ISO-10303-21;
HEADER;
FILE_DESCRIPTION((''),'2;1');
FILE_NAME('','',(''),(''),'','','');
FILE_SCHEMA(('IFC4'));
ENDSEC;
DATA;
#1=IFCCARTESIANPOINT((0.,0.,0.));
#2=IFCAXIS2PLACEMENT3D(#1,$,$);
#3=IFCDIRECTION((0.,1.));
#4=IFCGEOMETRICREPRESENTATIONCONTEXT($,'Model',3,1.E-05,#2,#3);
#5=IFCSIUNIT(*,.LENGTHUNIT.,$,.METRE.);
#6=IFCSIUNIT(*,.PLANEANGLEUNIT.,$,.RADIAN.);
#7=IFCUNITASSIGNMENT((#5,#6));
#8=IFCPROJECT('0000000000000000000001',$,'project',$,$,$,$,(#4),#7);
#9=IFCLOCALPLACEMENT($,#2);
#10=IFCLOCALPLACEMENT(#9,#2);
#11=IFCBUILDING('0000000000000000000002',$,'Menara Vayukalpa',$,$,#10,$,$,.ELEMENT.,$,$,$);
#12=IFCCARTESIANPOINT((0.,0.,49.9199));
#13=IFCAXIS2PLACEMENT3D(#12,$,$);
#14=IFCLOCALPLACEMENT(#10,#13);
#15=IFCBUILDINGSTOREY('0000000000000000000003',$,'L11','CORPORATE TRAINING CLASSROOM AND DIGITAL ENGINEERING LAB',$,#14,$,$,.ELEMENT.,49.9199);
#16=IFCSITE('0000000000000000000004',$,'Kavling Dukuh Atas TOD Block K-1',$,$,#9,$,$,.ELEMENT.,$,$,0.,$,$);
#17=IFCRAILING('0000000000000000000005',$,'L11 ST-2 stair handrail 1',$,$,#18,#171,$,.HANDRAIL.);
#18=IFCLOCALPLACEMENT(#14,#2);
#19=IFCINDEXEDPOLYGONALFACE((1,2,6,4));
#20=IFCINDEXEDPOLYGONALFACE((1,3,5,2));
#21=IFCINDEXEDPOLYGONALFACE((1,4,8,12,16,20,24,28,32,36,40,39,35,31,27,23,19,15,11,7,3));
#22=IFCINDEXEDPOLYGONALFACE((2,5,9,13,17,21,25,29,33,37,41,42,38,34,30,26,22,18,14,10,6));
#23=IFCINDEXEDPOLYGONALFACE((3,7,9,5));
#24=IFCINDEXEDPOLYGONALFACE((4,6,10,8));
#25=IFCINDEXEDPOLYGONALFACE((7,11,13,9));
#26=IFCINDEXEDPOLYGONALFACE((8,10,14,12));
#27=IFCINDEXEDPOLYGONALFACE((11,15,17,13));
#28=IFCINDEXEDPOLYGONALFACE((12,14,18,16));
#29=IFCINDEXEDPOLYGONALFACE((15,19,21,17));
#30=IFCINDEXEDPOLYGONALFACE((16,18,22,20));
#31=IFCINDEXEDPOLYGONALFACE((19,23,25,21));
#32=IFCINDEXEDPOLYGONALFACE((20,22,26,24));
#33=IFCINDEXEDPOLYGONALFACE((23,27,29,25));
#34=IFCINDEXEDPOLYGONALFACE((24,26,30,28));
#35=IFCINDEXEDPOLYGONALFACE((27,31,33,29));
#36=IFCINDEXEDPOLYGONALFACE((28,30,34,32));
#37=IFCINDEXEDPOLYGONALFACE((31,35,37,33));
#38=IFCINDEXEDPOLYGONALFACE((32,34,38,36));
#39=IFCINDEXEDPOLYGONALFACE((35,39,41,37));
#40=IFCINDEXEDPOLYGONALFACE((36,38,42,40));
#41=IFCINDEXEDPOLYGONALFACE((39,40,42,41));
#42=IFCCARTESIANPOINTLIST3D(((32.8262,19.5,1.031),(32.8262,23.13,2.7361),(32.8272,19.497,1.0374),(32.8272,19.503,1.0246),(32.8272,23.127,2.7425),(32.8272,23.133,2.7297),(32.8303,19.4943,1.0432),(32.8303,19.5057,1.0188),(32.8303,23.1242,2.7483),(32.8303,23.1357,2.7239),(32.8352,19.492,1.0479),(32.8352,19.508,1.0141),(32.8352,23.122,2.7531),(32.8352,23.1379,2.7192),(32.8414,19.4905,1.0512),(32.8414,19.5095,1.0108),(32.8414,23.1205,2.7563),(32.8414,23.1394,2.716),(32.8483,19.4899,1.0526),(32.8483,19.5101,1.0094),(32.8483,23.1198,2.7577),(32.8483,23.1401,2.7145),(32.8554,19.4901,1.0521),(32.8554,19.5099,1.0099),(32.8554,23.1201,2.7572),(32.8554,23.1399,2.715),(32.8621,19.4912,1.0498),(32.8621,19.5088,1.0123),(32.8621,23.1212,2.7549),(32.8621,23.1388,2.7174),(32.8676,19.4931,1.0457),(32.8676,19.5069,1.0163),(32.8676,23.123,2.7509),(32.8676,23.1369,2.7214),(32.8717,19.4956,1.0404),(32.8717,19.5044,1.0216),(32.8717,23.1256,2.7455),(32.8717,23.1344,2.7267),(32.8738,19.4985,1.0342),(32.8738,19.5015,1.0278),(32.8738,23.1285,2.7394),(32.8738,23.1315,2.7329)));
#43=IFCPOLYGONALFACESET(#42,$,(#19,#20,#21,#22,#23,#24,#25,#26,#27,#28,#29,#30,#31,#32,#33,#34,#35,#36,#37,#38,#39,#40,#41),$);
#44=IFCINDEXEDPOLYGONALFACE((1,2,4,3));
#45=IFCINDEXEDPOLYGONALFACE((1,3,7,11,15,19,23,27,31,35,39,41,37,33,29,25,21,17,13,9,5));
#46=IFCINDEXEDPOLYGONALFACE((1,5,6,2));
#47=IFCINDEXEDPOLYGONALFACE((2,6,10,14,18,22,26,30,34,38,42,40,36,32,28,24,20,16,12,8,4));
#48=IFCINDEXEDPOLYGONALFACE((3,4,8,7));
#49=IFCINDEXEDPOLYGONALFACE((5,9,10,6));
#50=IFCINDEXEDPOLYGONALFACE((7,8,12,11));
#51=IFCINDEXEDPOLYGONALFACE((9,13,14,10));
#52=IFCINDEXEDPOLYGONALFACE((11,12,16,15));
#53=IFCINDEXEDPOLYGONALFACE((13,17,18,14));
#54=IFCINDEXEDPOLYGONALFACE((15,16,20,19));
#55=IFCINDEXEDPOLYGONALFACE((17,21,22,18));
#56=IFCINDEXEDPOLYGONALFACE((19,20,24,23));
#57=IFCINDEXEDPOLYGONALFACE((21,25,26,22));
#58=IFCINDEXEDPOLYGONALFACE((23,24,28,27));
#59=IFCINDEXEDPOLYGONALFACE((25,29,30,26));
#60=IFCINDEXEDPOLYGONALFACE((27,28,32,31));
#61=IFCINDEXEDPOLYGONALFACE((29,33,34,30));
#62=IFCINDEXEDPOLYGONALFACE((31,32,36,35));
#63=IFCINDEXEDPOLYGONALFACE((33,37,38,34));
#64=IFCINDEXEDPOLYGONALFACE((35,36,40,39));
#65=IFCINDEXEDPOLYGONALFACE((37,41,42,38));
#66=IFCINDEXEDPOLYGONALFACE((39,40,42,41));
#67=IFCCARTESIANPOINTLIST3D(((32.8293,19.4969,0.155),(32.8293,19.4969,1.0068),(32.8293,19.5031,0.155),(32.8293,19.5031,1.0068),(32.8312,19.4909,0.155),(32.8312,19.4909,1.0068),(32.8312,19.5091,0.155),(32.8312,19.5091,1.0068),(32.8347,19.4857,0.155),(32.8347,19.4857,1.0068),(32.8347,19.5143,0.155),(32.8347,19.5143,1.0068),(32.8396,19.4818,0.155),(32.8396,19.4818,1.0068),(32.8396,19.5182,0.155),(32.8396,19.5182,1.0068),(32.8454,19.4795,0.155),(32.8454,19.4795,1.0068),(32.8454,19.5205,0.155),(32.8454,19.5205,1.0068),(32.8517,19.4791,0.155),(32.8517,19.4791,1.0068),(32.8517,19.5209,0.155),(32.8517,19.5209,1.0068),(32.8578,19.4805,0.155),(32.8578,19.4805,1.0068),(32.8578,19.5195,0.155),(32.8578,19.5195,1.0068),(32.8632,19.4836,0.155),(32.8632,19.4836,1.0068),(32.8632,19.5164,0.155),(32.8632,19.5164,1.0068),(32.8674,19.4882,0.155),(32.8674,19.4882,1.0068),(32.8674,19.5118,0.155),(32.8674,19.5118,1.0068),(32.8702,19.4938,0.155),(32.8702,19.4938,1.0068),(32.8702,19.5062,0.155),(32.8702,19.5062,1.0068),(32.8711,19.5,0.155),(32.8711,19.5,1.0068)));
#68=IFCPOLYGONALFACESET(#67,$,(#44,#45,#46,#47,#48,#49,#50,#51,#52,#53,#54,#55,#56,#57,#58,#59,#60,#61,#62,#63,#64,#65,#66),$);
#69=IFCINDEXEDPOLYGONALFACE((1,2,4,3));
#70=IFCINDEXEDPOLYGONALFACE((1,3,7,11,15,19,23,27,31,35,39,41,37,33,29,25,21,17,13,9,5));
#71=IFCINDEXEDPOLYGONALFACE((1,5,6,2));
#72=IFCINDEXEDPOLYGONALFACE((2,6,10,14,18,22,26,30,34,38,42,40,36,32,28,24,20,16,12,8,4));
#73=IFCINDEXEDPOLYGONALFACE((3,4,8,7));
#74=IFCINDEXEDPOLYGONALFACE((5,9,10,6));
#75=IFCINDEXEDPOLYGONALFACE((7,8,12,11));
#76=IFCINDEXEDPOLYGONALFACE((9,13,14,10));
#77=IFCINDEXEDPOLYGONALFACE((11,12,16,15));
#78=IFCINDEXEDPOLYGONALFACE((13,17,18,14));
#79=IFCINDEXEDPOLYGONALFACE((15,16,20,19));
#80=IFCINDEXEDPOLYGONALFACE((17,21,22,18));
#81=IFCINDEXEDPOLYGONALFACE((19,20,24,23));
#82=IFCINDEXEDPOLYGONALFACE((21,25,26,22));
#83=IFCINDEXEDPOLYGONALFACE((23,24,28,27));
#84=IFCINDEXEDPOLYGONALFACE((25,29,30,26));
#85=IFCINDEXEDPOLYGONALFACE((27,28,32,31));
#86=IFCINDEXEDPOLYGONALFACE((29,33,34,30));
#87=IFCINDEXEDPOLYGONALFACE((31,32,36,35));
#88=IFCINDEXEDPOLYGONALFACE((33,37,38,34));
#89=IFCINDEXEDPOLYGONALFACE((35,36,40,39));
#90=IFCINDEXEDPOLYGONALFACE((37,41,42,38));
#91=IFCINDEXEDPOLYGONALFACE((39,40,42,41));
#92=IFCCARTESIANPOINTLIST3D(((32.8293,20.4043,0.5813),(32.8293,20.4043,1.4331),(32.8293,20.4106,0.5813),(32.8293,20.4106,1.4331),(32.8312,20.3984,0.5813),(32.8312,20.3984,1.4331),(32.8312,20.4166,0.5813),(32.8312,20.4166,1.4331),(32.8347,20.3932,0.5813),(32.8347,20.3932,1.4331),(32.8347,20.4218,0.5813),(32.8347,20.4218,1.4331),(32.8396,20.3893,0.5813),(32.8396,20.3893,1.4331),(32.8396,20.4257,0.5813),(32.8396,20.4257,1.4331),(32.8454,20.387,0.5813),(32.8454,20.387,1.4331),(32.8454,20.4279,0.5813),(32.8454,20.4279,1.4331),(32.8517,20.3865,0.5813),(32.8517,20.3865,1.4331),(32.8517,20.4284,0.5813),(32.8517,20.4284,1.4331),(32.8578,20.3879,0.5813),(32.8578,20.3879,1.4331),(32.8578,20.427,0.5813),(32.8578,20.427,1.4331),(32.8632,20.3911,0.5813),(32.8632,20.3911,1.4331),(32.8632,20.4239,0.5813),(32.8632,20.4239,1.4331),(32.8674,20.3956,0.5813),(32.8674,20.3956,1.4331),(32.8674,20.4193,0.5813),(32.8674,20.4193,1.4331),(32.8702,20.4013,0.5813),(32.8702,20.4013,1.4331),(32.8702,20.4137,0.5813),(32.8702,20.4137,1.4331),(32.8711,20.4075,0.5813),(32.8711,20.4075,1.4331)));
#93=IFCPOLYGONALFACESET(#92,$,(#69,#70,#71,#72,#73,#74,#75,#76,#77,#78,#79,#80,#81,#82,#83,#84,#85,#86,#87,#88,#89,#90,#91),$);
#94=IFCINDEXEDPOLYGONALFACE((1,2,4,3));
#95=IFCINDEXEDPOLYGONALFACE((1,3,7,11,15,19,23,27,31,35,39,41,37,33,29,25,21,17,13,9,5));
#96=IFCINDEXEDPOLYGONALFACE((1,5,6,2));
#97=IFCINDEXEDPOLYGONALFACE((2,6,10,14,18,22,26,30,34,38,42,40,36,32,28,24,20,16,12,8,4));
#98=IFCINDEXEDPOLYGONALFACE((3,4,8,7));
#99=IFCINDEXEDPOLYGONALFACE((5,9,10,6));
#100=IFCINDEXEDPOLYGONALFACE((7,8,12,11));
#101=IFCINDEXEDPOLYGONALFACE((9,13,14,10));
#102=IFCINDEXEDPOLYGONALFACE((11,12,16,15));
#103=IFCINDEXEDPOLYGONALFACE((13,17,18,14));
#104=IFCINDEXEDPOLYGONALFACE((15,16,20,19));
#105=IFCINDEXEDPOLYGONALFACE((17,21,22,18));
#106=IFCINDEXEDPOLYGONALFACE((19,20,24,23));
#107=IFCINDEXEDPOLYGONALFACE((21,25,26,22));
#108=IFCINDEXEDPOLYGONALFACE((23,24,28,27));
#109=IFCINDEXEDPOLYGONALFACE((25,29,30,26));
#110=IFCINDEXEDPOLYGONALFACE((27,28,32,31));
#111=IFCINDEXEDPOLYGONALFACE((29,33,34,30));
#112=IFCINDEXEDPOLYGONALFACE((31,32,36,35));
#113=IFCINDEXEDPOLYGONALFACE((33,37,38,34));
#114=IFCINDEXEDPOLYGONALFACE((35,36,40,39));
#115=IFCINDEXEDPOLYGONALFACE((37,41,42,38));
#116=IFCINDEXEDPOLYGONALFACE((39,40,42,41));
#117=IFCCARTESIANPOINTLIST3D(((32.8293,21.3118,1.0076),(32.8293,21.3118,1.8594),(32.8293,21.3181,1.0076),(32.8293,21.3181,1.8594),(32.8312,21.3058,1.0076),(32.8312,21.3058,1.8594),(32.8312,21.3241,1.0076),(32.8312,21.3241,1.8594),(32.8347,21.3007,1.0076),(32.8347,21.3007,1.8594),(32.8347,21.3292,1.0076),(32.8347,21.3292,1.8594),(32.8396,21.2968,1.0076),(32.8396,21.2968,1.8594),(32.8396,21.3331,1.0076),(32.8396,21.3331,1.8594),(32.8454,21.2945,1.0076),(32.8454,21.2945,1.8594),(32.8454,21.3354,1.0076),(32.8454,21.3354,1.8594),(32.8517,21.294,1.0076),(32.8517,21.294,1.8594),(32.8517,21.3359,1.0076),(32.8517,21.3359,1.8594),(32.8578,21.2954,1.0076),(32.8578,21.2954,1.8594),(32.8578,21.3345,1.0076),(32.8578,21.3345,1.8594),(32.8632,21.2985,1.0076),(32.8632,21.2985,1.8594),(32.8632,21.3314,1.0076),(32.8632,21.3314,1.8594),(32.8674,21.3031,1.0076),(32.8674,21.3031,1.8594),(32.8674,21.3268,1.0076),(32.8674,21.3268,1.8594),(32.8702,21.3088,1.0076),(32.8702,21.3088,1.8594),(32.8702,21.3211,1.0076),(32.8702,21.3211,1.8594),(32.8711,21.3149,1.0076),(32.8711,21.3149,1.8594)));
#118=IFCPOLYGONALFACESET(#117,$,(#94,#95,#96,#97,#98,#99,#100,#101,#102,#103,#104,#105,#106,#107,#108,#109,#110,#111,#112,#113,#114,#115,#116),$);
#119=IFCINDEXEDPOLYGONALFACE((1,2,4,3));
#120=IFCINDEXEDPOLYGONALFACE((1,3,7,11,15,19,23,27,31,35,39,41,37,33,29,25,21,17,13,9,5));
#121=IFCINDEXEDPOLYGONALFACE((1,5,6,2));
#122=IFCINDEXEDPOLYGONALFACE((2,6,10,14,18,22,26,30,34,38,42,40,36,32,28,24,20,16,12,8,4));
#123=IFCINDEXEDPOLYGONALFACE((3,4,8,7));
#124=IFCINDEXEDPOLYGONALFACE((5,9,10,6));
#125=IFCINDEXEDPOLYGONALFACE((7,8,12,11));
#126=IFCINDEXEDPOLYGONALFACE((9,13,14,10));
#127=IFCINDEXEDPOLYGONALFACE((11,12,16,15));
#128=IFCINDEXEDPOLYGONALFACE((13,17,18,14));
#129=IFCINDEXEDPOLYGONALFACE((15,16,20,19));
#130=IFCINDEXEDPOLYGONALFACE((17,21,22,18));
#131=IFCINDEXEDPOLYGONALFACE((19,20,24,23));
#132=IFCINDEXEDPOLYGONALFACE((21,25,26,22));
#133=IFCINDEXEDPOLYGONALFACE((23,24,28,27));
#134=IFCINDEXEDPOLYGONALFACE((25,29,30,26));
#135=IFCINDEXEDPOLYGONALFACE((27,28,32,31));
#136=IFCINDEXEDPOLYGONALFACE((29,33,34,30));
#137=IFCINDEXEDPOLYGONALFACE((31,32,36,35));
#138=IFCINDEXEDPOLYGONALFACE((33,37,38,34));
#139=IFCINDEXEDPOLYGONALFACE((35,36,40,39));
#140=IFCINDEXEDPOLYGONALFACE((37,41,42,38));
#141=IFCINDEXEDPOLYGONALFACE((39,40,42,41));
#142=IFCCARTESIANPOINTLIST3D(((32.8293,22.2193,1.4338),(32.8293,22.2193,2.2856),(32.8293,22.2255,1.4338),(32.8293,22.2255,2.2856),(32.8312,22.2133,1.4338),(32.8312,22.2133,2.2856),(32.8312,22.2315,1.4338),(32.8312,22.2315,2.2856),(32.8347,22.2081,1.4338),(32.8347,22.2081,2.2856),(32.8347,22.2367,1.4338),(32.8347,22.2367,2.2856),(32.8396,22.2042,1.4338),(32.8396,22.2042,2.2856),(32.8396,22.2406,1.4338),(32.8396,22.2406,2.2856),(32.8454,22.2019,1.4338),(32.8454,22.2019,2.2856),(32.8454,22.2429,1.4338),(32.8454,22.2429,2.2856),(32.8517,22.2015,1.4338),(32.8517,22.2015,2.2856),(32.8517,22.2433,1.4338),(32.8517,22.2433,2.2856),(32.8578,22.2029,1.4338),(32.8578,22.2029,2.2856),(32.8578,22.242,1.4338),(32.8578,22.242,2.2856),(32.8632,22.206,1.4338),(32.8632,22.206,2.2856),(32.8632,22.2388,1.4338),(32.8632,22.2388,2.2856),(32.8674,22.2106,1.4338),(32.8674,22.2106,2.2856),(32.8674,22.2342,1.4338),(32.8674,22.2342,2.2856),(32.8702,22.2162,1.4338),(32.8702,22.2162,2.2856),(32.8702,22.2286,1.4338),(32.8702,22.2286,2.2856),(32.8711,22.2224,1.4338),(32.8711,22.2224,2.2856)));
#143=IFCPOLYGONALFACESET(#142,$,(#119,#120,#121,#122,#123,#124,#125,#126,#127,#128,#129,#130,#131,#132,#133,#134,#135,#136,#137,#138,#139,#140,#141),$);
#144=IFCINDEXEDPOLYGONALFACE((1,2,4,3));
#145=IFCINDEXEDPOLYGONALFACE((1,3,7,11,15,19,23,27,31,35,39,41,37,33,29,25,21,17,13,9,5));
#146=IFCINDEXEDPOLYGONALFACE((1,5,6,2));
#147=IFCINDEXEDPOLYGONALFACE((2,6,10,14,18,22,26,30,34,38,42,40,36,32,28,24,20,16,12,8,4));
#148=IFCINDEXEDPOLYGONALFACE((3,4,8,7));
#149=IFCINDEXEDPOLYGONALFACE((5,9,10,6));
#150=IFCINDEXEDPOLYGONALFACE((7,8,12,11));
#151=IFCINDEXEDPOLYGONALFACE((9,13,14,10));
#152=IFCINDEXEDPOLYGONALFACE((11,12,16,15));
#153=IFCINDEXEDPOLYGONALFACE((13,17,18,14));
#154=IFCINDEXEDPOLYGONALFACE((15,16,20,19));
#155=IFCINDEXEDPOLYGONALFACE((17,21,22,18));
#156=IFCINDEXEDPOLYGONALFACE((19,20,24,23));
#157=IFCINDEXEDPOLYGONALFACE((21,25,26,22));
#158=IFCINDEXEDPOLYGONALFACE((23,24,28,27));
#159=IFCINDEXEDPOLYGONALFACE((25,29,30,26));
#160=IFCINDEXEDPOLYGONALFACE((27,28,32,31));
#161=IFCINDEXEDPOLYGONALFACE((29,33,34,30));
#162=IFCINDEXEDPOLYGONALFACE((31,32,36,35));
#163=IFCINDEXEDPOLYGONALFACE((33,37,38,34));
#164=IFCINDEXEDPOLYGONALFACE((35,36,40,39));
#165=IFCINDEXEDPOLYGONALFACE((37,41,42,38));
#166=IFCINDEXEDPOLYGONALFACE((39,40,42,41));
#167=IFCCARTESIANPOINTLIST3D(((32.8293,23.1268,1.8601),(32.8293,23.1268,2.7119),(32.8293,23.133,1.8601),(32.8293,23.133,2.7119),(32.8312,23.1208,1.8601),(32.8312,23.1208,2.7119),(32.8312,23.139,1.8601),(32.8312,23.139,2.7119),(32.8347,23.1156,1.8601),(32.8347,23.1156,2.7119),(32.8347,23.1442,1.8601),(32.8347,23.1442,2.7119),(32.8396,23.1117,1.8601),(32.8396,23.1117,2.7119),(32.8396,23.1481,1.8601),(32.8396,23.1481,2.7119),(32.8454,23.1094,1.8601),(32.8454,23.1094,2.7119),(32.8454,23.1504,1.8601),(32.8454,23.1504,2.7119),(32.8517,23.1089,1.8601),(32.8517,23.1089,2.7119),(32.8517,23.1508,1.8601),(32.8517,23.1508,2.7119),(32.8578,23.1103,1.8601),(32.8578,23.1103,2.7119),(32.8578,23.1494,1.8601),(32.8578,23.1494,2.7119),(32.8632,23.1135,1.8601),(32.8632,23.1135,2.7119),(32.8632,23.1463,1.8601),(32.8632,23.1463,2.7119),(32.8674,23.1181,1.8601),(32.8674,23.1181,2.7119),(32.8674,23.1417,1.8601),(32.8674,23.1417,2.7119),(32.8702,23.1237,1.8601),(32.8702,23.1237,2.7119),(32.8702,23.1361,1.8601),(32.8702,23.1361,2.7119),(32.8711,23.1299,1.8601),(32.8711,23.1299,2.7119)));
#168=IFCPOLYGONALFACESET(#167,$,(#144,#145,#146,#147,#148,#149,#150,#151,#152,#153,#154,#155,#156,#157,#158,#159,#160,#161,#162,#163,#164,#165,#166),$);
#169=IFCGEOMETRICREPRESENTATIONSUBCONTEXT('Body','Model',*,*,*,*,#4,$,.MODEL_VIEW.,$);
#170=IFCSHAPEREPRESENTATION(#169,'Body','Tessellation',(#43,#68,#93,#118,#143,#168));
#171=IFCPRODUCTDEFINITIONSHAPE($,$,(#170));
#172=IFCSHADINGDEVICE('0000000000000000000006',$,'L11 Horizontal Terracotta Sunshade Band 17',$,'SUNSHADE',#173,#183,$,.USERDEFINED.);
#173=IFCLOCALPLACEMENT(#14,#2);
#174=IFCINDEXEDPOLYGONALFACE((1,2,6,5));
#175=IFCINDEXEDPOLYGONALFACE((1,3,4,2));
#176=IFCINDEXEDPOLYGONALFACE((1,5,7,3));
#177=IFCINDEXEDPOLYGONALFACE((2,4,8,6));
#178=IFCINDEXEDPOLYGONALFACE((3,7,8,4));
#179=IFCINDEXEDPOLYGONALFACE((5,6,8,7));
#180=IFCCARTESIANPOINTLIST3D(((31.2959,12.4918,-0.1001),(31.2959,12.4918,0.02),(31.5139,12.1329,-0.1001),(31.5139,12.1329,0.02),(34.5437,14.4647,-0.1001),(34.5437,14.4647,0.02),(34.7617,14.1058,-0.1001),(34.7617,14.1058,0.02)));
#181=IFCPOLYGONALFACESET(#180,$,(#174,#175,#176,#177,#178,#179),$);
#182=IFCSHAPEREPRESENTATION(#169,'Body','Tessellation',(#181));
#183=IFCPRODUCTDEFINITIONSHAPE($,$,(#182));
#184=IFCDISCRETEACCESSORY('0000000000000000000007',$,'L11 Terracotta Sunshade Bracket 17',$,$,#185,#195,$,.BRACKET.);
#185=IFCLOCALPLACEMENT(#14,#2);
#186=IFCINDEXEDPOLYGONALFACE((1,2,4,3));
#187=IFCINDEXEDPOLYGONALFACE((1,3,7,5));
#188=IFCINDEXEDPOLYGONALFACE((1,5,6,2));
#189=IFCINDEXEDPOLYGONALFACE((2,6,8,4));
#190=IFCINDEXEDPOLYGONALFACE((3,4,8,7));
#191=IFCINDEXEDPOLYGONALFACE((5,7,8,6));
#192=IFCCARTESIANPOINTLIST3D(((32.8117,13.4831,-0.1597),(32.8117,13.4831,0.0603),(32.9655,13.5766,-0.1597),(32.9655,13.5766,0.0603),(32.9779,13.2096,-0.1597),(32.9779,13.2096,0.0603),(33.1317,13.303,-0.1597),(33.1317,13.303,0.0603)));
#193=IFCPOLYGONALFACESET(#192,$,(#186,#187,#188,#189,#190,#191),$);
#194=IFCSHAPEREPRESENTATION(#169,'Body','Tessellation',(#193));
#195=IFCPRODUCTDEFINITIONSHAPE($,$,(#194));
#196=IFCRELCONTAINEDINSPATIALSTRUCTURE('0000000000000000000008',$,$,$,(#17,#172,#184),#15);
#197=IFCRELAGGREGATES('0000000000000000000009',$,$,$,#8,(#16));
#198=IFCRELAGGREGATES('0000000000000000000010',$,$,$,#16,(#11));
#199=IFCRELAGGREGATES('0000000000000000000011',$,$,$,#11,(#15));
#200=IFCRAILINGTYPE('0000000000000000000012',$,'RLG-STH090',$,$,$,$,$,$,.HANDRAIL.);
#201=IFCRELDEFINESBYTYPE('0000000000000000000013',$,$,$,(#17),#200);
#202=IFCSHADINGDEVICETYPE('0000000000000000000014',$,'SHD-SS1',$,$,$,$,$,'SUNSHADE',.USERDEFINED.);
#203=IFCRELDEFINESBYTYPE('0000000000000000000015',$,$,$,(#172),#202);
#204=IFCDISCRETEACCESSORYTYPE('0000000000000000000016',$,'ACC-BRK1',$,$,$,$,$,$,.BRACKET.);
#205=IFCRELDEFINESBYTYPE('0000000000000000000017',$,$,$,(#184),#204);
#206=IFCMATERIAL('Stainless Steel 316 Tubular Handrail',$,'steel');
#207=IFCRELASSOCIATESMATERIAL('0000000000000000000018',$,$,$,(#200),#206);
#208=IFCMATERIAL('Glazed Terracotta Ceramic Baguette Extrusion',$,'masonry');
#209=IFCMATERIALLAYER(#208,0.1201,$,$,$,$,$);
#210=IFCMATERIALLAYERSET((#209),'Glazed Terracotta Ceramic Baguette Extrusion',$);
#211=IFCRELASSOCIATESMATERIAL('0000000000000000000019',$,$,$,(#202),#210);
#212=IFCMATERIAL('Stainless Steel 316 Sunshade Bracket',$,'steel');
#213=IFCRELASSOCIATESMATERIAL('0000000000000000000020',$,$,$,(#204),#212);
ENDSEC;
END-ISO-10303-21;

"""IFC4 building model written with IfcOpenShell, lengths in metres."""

from ifc_helpers import new_model, si_unit, direction, frame, origin, origin_2d, place, context, subcontext, project, spatial, rectangle, circle, extrude, material, layer, layer_set, type_object, element, save


model = new_model("IFC4")

# Units and contexts
model_context = context("Model", 3, precision=1e-05, world=origin(), true_north=direction((0.0, 1.0)))
body_context = subcontext(model_context, "Body", "Model", "MODEL_VIEW")
ifc_project = project(units=[si_unit("LENGTHUNIT", "METRE"), si_unit("PLANEANGLEUNIT", "RADIAN")], contexts=[model_context])

# Site, building, storey
site_placement = place(None, origin())
site = spatial("IfcSite", under=ifc_project, at=site_placement, Name="Kavling Dukuh Atas TOD Block K-1", CompositionType="ELEMENT", RefElevation=0.0)
building_placement = place(site_placement, origin())
building = spatial("IfcBuilding", under=site, at=building_placement, Name="Menara Vayukalpa", CompositionType="ELEMENT")
storey_placement = place(building_placement, frame((0.0, 0.0, 49.9199)))
storey = spatial("IfcBuildingStorey", under=building, at=storey_placement, Name="L11", Description="CORPORATE TRAINING CLASSROOM AND DIGITAL ENGINEERING LAB", CompositionType="ELEMENT", Elevation=49.9199)

# Railing
ifc_material_1 = material(Name="Stainless Steel 316 Tubular Handrail", Category="steel")
railing_type_1 = type_object("IfcRailingType", Name="RLG-STH090", PredefinedType="HANDRAIL", material=ifc_material_1)
railing_1_placement = place(storey_placement, frame((32.8501, 19.5, 0.155)))
element("IfcRailing", 1, at=railing_1_placement, inside=storey, type_object=railing_type_1, Name="L11 ST-2 stair handrail 1", PredefinedType="HANDRAIL", context=body_context, shape_type="SweptSolid", body=[
    extrude(circle(Radius=0.0239, at=origin_2d()), frame((0.0, 0.0, 0.876), z_axis=(0.0, 0.905116, 0.425164), x_axis=(-1.0, 0.0, 0.0)), (0.0, 0.0, 1.0), 4.0105),
    extrude(circle(Radius=0.021, at=origin_2d()), origin(), (0.0, 0.0, 1.0), 0.8518),
    extrude(circle(Radius=0.021, at=origin_2d()), frame((0.0, 0.9075, 0.4263)), (0.0, 0.0, 1.0), 0.8518),
    extrude(circle(Radius=0.021, at=origin_2d()), frame((0.0, 1.8149, 0.8525)), (0.0, 0.0, 1.0), 0.8518),
    extrude(circle(Radius=0.021, at=origin_2d()), frame((0.0, 2.7224, 1.2788)), (0.0, 0.0, 1.0), 0.8518),
    extrude(circle(Radius=0.021, at=origin_2d()), frame((0.0, 3.6299, 1.7051)), (0.0, 0.0, 1.0), 0.8518),
])

# Shading device
ifc_material_2 = material(Name="Glazed Terracotta Ceramic Baguette Extrusion", Category="masonry")
ifc_layer_1 = layer(ifc_material_2, 0.1201)
ifc_layer_set_1 = layer_set([ifc_layer_1], Name="Glazed Terracotta Ceramic Baguette Extrusion")
shading_device_type = type_object("IfcShadingDeviceType", Name="SHD-SS1", ElementType="SUNSHADE", PredefinedType="USERDEFINED", material=ifc_layer_set_1)
shading_device_placement = place(storey_placement, frame((33.0288, 13.2988, -0.1001), z_axis=(0.0, 0.0, 1.0), x_axis=(0.854667, 0.519176, 0.0)))
element("IfcShadingDevice", 2, at=shading_device_placement, inside=storey, type_object=shading_device_type, Name="L11 Horizontal Terracotta Sunshade Band 17", ObjectType="SUNSHADE", PredefinedType="USERDEFINED", context=body_context, shape_type="SweptSolid", body=[
    extrude(rectangle(XDim=3.8, YDim=0.4199, at=origin_2d()), origin(), (0.0, 0.0, 1.0), 0.1201),
])

# Discrete accessory
ifc_material_3 = material(Name="Stainless Steel 316 Sunshade Bracket", Category="steel")
discrete_accessory_type = type_object("IfcDiscreteAccessoryType", Name="ACC-BRK1", PredefinedType="BRACKET", material=ifc_material_3)
discrete_accessory_placement = place(storey_placement, frame((32.9717, 13.3931, -0.1597), z_axis=(0.0, 0.0, 1.0), x_axis=(0.854667, 0.519176, 0.0)))
element("IfcDiscreteAccessory", 3, at=discrete_accessory_placement, inside=storey, type_object=discrete_accessory_type, Name="L11 Terracotta Sunshade Bracket 17", PredefinedType="BRACKET", context=body_context, shape_type="SweptSolid", body=[
    extrude(rectangle(XDim=0.1799, YDim=0.3201, at=origin_2d()), origin(), (0.0, 0.0, 1.0), 0.22),
])

save(model, "model.ifc")
